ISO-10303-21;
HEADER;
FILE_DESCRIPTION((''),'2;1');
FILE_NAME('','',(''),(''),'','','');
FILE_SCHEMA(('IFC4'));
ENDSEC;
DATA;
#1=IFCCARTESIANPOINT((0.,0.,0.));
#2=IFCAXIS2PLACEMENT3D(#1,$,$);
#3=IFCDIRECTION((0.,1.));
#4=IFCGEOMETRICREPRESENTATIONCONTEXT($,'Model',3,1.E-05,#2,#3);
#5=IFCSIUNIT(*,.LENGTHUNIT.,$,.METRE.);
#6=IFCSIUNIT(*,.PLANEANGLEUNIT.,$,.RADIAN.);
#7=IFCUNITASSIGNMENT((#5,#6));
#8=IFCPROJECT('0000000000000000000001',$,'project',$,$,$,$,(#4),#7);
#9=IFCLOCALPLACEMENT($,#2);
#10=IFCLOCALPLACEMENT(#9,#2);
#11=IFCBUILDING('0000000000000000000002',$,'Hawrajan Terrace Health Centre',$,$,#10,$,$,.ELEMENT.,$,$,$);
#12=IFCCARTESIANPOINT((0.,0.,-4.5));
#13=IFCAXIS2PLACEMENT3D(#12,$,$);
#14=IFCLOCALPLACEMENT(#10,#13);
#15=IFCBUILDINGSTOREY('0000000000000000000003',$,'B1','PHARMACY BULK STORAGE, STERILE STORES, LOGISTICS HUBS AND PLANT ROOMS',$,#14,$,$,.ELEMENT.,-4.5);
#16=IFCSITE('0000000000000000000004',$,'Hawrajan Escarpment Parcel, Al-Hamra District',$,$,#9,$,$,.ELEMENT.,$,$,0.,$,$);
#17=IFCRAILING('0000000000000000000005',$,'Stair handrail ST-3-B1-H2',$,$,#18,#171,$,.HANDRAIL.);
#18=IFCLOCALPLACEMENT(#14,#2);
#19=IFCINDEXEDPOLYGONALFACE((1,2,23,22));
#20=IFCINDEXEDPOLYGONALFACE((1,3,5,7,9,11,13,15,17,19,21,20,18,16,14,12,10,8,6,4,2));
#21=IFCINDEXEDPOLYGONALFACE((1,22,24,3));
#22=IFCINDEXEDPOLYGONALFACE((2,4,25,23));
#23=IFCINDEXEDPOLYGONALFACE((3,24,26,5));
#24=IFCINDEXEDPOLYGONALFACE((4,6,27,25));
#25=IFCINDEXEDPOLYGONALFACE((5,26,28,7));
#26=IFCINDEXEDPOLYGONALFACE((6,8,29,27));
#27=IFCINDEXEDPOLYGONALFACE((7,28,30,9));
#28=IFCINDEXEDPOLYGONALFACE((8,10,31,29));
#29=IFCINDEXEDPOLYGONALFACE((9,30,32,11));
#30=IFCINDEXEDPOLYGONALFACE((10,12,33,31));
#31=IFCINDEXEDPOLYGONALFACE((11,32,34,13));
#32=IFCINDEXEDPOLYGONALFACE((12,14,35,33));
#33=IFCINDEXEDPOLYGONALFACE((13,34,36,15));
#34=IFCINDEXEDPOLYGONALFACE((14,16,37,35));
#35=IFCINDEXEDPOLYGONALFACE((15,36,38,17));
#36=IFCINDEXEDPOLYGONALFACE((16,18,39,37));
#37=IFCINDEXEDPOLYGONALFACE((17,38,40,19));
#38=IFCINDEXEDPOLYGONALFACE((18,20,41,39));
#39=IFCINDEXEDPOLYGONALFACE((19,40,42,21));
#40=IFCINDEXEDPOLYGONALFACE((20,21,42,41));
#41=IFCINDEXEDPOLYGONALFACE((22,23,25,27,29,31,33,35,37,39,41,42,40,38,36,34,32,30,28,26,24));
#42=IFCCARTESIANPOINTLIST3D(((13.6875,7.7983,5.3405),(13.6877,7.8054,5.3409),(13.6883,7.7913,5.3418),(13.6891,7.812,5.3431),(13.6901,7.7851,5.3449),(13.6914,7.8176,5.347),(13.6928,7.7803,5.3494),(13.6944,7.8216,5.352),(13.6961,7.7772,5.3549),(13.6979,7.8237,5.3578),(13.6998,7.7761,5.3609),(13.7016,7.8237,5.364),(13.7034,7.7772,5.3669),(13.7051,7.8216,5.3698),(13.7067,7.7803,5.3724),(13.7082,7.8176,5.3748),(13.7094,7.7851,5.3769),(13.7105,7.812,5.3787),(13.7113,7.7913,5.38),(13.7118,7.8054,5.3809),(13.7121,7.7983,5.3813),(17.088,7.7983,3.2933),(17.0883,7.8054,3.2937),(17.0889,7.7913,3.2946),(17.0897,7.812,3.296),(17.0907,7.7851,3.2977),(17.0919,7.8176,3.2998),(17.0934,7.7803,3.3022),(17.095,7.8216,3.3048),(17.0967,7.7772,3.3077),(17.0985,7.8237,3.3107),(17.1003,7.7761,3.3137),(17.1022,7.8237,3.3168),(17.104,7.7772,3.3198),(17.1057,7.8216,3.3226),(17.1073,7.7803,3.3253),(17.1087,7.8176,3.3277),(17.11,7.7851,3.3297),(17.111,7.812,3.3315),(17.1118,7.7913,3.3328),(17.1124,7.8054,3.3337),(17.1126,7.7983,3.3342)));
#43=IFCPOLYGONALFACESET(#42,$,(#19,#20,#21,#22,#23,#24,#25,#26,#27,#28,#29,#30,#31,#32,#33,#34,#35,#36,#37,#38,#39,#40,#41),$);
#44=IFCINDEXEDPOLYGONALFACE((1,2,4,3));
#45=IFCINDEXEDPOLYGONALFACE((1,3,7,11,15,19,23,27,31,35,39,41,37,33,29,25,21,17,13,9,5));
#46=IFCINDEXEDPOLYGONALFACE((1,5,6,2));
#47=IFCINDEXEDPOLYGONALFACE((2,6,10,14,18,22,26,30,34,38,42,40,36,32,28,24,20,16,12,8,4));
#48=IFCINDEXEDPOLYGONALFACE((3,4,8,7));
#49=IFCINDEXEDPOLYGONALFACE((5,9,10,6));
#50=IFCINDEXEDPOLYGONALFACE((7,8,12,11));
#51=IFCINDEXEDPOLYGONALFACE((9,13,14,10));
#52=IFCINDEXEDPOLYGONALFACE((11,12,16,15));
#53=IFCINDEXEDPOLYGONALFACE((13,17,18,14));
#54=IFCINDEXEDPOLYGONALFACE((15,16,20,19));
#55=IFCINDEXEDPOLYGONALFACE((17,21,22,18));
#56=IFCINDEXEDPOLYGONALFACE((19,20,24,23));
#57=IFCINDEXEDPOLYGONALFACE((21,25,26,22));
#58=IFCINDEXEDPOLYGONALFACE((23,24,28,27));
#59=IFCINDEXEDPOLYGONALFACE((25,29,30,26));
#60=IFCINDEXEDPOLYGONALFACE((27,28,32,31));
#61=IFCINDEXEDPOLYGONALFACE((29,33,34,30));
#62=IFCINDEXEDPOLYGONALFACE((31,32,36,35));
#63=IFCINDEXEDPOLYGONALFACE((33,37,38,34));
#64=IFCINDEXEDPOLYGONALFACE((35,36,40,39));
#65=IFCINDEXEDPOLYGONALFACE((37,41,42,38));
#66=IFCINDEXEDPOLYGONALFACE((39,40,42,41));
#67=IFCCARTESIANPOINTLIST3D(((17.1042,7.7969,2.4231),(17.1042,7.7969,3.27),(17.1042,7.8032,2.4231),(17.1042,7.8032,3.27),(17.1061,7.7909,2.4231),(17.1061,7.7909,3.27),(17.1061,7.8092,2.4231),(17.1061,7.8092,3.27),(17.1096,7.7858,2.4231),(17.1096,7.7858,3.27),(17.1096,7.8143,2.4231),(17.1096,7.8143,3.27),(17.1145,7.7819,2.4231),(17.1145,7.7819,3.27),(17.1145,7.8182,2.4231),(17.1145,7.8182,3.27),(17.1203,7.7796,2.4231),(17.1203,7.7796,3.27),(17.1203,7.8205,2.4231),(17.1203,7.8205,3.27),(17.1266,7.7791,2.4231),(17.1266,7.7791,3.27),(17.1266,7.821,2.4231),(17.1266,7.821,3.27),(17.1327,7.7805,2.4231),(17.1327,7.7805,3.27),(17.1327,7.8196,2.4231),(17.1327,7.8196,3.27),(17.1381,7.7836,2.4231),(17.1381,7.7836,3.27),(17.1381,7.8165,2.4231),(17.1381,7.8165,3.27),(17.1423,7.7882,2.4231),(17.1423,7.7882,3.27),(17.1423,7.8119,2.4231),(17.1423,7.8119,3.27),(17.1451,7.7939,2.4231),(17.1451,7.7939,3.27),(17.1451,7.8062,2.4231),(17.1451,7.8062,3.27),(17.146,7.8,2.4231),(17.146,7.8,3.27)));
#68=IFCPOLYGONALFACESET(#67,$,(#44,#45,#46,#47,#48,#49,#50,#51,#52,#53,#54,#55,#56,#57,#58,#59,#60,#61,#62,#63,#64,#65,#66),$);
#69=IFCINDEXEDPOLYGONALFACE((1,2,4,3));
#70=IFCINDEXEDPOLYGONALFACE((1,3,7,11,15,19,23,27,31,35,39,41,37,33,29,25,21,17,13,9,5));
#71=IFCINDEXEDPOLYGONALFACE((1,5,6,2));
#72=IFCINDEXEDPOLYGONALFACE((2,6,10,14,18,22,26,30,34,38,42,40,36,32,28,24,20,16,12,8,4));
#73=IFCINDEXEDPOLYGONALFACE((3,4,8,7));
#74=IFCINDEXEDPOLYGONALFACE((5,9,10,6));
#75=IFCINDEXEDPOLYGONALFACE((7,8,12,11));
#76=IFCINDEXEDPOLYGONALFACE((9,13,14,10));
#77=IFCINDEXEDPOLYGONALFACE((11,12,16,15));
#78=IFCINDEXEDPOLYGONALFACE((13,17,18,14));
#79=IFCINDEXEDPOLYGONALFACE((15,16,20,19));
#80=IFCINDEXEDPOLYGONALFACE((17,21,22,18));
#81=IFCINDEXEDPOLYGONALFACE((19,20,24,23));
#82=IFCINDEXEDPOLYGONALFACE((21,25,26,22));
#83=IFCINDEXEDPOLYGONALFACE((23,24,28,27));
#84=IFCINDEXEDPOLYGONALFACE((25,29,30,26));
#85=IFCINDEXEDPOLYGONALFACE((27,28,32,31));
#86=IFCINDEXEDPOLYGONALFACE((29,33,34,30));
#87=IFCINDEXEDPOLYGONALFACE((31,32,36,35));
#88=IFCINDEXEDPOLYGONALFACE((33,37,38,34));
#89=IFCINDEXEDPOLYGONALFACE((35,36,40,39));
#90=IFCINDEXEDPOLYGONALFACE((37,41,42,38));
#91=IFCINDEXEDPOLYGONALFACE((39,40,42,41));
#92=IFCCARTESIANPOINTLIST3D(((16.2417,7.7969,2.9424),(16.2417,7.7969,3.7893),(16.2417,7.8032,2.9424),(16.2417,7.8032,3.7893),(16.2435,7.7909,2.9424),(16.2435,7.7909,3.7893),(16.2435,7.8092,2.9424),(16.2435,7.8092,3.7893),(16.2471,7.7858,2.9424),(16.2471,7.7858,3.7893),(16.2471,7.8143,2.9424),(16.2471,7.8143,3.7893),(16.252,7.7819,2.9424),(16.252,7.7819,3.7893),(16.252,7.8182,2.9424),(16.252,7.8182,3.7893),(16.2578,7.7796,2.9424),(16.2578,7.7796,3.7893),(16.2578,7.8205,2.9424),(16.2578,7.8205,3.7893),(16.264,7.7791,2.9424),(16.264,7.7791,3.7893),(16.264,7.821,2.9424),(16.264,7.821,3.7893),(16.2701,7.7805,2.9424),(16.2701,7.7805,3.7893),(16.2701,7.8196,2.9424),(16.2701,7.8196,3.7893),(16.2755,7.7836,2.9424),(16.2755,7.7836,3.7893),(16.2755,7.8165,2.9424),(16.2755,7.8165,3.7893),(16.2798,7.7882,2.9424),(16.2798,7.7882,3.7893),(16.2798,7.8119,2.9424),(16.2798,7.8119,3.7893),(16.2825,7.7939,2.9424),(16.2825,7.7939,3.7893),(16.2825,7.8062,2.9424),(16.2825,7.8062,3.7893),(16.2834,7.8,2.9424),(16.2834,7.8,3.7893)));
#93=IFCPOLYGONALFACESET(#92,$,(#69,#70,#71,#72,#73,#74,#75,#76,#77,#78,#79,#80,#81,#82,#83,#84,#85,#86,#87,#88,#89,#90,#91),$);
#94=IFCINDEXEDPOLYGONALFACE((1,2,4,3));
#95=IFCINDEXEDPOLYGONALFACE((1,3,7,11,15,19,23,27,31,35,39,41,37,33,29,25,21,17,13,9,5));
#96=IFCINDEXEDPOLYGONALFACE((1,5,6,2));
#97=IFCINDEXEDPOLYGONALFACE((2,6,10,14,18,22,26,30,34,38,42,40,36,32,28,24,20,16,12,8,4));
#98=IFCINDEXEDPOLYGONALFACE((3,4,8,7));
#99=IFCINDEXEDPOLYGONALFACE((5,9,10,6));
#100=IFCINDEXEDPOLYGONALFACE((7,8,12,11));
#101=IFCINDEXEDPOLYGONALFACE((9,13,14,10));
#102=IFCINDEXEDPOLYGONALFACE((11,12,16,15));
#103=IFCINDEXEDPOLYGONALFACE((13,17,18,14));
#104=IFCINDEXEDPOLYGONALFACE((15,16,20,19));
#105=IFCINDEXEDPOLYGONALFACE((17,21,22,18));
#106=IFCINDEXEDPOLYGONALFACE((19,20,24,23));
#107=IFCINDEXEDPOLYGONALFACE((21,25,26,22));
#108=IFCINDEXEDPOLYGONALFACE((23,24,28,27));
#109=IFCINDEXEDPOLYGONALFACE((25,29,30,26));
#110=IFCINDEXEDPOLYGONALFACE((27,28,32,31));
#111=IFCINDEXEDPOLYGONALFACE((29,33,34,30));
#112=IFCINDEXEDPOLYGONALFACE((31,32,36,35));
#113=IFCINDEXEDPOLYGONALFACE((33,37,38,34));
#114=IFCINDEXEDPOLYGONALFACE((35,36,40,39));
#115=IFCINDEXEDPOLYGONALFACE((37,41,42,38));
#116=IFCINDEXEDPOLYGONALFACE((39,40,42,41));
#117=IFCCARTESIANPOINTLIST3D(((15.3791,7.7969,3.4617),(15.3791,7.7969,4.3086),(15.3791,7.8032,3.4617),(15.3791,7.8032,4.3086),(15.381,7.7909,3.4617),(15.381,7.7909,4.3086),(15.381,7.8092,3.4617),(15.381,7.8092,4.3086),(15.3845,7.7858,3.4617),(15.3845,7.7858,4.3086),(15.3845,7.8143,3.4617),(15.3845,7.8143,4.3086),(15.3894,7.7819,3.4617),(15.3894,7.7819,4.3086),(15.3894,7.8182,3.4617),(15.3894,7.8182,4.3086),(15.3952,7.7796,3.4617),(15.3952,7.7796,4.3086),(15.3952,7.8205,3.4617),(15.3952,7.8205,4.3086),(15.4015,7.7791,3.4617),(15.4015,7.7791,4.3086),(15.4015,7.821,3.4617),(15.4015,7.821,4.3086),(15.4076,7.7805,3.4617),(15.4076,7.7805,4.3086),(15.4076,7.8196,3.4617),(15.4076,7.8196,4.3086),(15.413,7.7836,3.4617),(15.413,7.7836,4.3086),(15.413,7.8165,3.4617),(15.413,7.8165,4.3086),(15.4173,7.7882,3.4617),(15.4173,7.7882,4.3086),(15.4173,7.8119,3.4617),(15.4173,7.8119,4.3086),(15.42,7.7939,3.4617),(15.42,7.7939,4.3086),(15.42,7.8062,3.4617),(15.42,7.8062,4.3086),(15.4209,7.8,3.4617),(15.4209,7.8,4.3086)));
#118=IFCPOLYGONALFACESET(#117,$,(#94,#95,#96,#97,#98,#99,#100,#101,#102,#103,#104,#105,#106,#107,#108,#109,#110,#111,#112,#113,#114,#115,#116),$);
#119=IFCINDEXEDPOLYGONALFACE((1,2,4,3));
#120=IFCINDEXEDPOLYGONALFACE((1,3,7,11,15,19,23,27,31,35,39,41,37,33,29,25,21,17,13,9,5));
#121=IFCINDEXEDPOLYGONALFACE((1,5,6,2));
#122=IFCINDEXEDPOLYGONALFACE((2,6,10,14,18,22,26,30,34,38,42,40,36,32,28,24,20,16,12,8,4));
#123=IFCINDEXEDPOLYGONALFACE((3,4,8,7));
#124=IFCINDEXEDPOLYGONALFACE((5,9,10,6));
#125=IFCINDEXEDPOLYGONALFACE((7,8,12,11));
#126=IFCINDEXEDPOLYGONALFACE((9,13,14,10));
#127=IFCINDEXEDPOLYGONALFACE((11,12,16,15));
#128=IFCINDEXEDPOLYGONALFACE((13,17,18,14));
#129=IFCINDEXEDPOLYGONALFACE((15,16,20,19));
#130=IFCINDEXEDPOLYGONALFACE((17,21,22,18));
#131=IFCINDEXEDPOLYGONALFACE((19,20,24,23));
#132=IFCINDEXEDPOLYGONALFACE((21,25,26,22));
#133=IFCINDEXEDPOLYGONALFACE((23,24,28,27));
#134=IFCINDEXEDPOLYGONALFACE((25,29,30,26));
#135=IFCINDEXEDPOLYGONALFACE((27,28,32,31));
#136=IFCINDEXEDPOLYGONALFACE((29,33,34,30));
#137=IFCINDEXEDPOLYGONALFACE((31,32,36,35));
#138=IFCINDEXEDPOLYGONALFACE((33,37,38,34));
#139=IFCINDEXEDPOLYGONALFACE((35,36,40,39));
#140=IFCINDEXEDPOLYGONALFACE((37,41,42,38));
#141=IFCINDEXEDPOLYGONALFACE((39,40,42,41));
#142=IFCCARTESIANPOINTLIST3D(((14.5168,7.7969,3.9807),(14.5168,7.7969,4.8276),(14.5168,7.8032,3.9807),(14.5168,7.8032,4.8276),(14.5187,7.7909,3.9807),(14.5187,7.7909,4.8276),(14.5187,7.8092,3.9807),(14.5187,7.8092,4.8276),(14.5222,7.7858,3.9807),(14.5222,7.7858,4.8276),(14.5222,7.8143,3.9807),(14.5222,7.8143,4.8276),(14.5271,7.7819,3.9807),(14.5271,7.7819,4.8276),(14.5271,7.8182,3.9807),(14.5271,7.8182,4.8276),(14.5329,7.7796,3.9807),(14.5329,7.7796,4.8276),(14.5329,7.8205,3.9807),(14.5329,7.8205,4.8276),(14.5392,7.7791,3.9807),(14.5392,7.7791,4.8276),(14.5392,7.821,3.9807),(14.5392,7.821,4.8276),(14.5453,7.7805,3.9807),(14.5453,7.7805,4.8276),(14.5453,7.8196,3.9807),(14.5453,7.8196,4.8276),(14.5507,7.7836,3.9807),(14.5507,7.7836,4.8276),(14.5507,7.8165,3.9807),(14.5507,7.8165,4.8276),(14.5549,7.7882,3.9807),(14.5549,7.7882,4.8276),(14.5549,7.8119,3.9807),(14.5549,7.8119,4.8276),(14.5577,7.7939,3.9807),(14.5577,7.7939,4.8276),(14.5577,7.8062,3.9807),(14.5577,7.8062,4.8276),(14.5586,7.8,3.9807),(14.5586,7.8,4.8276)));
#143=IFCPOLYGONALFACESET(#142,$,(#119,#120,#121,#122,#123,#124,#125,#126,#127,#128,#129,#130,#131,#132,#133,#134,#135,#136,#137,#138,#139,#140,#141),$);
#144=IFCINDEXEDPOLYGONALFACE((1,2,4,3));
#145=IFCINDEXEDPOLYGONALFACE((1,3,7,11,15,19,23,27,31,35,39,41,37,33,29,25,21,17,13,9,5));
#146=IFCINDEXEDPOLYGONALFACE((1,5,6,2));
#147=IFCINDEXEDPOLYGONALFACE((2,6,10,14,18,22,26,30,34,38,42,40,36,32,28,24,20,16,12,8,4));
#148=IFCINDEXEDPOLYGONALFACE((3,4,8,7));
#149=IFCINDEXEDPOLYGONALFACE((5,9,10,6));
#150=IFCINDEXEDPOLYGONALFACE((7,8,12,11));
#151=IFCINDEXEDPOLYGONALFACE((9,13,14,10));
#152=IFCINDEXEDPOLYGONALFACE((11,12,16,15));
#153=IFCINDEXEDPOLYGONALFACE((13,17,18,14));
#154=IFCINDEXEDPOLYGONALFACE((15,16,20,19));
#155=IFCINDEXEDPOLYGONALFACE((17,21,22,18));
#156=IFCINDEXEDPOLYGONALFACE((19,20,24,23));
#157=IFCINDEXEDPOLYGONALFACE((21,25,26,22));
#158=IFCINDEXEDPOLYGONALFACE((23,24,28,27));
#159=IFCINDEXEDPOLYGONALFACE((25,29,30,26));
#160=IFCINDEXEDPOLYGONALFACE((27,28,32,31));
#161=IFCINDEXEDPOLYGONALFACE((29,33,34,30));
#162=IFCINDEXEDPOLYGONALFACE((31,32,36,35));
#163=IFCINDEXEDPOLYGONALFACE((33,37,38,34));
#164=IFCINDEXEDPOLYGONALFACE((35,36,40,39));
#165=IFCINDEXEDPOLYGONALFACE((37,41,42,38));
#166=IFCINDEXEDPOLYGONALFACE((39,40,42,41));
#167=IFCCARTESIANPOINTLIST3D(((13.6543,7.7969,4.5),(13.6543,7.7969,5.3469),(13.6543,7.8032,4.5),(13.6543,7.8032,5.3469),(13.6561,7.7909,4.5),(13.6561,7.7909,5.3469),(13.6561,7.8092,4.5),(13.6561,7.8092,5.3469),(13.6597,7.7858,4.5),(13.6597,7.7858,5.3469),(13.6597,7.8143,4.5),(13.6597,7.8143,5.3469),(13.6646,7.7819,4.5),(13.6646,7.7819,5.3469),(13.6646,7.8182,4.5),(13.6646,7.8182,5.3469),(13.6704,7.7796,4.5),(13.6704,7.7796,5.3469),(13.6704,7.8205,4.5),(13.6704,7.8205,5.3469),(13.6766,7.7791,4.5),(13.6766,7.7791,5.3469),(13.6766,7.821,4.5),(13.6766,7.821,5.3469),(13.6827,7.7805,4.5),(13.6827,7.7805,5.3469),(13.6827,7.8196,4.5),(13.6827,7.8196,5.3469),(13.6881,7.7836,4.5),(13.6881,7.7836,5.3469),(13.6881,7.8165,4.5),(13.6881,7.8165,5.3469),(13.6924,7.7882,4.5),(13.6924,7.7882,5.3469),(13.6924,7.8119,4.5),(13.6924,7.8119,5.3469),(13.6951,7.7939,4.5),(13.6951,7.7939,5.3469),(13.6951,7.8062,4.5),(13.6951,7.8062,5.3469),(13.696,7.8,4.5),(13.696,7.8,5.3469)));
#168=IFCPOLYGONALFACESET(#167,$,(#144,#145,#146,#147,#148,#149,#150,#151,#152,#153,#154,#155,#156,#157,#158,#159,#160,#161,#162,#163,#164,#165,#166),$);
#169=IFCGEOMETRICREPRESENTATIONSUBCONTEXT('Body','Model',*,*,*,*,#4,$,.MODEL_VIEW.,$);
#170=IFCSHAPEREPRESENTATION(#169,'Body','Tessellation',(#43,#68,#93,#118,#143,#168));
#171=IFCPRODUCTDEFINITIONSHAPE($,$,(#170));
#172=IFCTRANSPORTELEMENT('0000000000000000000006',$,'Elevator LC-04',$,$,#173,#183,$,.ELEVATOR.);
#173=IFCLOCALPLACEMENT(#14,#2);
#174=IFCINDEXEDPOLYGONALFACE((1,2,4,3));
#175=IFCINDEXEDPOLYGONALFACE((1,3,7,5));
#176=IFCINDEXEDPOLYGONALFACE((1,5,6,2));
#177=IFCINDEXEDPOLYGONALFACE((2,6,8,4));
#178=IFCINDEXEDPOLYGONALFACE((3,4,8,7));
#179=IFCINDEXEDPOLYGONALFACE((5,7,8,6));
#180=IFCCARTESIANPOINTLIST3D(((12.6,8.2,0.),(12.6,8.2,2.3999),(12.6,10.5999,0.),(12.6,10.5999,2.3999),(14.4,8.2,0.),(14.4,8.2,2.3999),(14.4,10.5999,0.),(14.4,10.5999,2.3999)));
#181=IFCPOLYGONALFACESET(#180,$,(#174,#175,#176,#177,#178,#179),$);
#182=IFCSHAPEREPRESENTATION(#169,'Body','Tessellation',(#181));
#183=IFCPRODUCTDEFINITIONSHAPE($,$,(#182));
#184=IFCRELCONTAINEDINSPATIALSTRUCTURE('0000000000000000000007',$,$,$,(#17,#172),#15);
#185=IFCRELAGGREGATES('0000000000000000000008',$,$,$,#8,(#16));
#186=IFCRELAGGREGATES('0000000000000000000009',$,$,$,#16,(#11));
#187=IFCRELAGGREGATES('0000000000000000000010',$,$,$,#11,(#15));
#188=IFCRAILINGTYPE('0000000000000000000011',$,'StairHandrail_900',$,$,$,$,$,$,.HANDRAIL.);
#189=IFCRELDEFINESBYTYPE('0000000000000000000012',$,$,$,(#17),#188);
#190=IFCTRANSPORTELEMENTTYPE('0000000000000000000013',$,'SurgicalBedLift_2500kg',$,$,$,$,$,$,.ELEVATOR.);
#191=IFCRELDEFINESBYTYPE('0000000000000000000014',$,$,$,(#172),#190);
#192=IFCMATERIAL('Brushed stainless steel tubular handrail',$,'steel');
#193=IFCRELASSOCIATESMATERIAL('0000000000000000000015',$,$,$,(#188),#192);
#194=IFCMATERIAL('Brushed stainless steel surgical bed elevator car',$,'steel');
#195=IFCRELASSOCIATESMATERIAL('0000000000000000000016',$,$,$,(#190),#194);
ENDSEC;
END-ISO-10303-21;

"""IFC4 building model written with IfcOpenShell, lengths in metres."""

from ifc_helpers import new_model, si_unit, direction, frame, origin, origin_2d, place, context, subcontext, project, spatial, rectangle, circle, extrude, material, type_object, element, save


model = new_model("IFC4")

# Units and contexts
model_context = context("Model", 3, precision=1e-05, world=origin(), true_north=direction((0.0, 1.0)))
body_context = subcontext(model_context, "Body", "Model", "MODEL_VIEW")
ifc_project = project(units=[si_unit("LENGTHUNIT", "METRE"), si_unit("PLANEANGLEUNIT", "RADIAN")], contexts=[model_context])

# Site, building, storey
site_placement = place(None, origin())
site = spatial("IfcSite", under=ifc_project, at=site_placement, Name="Hawrajan Escarpment Parcel, Al-Hamra District", CompositionType="ELEMENT", RefElevation=0.0)
building_placement = place(site_placement, origin())
building = spatial("IfcBuilding", under=site, at=building_placement, Name="Hawrajan Terrace Health Centre", CompositionType="ELEMENT")
storey_placement = place(building_placement, frame((0.0, 0.0, -4.5)))
storey = spatial("IfcBuildingStorey", under=building, at=storey_placement, Name="B1", Description="PHARMACY BULK STORAGE, STERILE STORES, LOGISTICS HUBS AND PLANT ROOMS", CompositionType="ELEMENT", Elevation=-4.5)

# Railing
ifc_material_1 = material(Name="Brushed stainless steel tubular handrail", Category="steel")
railing_type_1 = type_object("IfcRailingType", Name="StairHandrail_900", PredefinedType="HANDRAIL", material=ifc_material_1)
railing_1_placement = place(storey_placement, frame((17.125, 7.8, 2.4231)))
element("IfcRailing", 1, at=railing_1_placement, inside=storey, type_object=railing_type_1, Name="Stair handrail ST-3-B1-H2", PredefinedType="HANDRAIL", context=body_context, shape_type="SweptSolid", body=[
    extrude(circle(Radius=0.0239, at=origin_2d()), frame((-0.0247, 0.0, 0.8906), z_axis=(-0.856732, 0.0, 0.515761), x_axis=(0.0, -1.0, 0.0)), (0.0, 0.0, 1.0), 3.9692),
    extrude(circle(Radius=0.021, at=origin_2d()), origin(), (0.0, 0.0, 1.0), 0.8469),
    extrude(circle(Radius=0.021, at=origin_2d()), frame((-0.8625, 0.0, 0.5193)), (0.0, 0.0, 1.0), 0.8469),
    extrude(circle(Radius=0.021, at=origin_2d()), frame((-1.7251, 0.0, 1.0386)), (0.0, 0.0, 1.0), 0.8469),
    extrude(circle(Radius=0.021, at=origin_2d()), frame((-2.5874, 0.0, 1.5576)), (0.0, 0.0, 1.0), 0.8469),
    extrude(circle(Radius=0.021, at=origin_2d()), frame((-3.45, 0.0, 2.0769)), (0.0, 0.0, 1.0), 0.8469),
])

# Transport element
ifc_material_2 = material(Name="Brushed stainless steel surgical bed elevator car", Category="steel")
transport_element_type = type_object("IfcTransportElementType", Name="SurgicalBedLift_2500kg", PredefinedType="ELEVATOR", material=ifc_material_2)
transport_element_placement = place(storey_placement, frame((13.5, 9.3999, 0.0), z_axis=(0.0, 0.0, 1.0), x_axis=(1.0, 0.0, 0.0)))
element("IfcTransportElement", 2, at=transport_element_placement, inside=storey, type_object=transport_element_type, Name="Elevator LC-04", PredefinedType="ELEVATOR", context=body_context, shape_type="SweptSolid", body=[
    extrude(rectangle(XDim=1.8, YDim=2.3999, at=origin_2d()), origin(), (0.0, 0.0, 1.0), 2.3999),
])

save(model, "model.ifc")
